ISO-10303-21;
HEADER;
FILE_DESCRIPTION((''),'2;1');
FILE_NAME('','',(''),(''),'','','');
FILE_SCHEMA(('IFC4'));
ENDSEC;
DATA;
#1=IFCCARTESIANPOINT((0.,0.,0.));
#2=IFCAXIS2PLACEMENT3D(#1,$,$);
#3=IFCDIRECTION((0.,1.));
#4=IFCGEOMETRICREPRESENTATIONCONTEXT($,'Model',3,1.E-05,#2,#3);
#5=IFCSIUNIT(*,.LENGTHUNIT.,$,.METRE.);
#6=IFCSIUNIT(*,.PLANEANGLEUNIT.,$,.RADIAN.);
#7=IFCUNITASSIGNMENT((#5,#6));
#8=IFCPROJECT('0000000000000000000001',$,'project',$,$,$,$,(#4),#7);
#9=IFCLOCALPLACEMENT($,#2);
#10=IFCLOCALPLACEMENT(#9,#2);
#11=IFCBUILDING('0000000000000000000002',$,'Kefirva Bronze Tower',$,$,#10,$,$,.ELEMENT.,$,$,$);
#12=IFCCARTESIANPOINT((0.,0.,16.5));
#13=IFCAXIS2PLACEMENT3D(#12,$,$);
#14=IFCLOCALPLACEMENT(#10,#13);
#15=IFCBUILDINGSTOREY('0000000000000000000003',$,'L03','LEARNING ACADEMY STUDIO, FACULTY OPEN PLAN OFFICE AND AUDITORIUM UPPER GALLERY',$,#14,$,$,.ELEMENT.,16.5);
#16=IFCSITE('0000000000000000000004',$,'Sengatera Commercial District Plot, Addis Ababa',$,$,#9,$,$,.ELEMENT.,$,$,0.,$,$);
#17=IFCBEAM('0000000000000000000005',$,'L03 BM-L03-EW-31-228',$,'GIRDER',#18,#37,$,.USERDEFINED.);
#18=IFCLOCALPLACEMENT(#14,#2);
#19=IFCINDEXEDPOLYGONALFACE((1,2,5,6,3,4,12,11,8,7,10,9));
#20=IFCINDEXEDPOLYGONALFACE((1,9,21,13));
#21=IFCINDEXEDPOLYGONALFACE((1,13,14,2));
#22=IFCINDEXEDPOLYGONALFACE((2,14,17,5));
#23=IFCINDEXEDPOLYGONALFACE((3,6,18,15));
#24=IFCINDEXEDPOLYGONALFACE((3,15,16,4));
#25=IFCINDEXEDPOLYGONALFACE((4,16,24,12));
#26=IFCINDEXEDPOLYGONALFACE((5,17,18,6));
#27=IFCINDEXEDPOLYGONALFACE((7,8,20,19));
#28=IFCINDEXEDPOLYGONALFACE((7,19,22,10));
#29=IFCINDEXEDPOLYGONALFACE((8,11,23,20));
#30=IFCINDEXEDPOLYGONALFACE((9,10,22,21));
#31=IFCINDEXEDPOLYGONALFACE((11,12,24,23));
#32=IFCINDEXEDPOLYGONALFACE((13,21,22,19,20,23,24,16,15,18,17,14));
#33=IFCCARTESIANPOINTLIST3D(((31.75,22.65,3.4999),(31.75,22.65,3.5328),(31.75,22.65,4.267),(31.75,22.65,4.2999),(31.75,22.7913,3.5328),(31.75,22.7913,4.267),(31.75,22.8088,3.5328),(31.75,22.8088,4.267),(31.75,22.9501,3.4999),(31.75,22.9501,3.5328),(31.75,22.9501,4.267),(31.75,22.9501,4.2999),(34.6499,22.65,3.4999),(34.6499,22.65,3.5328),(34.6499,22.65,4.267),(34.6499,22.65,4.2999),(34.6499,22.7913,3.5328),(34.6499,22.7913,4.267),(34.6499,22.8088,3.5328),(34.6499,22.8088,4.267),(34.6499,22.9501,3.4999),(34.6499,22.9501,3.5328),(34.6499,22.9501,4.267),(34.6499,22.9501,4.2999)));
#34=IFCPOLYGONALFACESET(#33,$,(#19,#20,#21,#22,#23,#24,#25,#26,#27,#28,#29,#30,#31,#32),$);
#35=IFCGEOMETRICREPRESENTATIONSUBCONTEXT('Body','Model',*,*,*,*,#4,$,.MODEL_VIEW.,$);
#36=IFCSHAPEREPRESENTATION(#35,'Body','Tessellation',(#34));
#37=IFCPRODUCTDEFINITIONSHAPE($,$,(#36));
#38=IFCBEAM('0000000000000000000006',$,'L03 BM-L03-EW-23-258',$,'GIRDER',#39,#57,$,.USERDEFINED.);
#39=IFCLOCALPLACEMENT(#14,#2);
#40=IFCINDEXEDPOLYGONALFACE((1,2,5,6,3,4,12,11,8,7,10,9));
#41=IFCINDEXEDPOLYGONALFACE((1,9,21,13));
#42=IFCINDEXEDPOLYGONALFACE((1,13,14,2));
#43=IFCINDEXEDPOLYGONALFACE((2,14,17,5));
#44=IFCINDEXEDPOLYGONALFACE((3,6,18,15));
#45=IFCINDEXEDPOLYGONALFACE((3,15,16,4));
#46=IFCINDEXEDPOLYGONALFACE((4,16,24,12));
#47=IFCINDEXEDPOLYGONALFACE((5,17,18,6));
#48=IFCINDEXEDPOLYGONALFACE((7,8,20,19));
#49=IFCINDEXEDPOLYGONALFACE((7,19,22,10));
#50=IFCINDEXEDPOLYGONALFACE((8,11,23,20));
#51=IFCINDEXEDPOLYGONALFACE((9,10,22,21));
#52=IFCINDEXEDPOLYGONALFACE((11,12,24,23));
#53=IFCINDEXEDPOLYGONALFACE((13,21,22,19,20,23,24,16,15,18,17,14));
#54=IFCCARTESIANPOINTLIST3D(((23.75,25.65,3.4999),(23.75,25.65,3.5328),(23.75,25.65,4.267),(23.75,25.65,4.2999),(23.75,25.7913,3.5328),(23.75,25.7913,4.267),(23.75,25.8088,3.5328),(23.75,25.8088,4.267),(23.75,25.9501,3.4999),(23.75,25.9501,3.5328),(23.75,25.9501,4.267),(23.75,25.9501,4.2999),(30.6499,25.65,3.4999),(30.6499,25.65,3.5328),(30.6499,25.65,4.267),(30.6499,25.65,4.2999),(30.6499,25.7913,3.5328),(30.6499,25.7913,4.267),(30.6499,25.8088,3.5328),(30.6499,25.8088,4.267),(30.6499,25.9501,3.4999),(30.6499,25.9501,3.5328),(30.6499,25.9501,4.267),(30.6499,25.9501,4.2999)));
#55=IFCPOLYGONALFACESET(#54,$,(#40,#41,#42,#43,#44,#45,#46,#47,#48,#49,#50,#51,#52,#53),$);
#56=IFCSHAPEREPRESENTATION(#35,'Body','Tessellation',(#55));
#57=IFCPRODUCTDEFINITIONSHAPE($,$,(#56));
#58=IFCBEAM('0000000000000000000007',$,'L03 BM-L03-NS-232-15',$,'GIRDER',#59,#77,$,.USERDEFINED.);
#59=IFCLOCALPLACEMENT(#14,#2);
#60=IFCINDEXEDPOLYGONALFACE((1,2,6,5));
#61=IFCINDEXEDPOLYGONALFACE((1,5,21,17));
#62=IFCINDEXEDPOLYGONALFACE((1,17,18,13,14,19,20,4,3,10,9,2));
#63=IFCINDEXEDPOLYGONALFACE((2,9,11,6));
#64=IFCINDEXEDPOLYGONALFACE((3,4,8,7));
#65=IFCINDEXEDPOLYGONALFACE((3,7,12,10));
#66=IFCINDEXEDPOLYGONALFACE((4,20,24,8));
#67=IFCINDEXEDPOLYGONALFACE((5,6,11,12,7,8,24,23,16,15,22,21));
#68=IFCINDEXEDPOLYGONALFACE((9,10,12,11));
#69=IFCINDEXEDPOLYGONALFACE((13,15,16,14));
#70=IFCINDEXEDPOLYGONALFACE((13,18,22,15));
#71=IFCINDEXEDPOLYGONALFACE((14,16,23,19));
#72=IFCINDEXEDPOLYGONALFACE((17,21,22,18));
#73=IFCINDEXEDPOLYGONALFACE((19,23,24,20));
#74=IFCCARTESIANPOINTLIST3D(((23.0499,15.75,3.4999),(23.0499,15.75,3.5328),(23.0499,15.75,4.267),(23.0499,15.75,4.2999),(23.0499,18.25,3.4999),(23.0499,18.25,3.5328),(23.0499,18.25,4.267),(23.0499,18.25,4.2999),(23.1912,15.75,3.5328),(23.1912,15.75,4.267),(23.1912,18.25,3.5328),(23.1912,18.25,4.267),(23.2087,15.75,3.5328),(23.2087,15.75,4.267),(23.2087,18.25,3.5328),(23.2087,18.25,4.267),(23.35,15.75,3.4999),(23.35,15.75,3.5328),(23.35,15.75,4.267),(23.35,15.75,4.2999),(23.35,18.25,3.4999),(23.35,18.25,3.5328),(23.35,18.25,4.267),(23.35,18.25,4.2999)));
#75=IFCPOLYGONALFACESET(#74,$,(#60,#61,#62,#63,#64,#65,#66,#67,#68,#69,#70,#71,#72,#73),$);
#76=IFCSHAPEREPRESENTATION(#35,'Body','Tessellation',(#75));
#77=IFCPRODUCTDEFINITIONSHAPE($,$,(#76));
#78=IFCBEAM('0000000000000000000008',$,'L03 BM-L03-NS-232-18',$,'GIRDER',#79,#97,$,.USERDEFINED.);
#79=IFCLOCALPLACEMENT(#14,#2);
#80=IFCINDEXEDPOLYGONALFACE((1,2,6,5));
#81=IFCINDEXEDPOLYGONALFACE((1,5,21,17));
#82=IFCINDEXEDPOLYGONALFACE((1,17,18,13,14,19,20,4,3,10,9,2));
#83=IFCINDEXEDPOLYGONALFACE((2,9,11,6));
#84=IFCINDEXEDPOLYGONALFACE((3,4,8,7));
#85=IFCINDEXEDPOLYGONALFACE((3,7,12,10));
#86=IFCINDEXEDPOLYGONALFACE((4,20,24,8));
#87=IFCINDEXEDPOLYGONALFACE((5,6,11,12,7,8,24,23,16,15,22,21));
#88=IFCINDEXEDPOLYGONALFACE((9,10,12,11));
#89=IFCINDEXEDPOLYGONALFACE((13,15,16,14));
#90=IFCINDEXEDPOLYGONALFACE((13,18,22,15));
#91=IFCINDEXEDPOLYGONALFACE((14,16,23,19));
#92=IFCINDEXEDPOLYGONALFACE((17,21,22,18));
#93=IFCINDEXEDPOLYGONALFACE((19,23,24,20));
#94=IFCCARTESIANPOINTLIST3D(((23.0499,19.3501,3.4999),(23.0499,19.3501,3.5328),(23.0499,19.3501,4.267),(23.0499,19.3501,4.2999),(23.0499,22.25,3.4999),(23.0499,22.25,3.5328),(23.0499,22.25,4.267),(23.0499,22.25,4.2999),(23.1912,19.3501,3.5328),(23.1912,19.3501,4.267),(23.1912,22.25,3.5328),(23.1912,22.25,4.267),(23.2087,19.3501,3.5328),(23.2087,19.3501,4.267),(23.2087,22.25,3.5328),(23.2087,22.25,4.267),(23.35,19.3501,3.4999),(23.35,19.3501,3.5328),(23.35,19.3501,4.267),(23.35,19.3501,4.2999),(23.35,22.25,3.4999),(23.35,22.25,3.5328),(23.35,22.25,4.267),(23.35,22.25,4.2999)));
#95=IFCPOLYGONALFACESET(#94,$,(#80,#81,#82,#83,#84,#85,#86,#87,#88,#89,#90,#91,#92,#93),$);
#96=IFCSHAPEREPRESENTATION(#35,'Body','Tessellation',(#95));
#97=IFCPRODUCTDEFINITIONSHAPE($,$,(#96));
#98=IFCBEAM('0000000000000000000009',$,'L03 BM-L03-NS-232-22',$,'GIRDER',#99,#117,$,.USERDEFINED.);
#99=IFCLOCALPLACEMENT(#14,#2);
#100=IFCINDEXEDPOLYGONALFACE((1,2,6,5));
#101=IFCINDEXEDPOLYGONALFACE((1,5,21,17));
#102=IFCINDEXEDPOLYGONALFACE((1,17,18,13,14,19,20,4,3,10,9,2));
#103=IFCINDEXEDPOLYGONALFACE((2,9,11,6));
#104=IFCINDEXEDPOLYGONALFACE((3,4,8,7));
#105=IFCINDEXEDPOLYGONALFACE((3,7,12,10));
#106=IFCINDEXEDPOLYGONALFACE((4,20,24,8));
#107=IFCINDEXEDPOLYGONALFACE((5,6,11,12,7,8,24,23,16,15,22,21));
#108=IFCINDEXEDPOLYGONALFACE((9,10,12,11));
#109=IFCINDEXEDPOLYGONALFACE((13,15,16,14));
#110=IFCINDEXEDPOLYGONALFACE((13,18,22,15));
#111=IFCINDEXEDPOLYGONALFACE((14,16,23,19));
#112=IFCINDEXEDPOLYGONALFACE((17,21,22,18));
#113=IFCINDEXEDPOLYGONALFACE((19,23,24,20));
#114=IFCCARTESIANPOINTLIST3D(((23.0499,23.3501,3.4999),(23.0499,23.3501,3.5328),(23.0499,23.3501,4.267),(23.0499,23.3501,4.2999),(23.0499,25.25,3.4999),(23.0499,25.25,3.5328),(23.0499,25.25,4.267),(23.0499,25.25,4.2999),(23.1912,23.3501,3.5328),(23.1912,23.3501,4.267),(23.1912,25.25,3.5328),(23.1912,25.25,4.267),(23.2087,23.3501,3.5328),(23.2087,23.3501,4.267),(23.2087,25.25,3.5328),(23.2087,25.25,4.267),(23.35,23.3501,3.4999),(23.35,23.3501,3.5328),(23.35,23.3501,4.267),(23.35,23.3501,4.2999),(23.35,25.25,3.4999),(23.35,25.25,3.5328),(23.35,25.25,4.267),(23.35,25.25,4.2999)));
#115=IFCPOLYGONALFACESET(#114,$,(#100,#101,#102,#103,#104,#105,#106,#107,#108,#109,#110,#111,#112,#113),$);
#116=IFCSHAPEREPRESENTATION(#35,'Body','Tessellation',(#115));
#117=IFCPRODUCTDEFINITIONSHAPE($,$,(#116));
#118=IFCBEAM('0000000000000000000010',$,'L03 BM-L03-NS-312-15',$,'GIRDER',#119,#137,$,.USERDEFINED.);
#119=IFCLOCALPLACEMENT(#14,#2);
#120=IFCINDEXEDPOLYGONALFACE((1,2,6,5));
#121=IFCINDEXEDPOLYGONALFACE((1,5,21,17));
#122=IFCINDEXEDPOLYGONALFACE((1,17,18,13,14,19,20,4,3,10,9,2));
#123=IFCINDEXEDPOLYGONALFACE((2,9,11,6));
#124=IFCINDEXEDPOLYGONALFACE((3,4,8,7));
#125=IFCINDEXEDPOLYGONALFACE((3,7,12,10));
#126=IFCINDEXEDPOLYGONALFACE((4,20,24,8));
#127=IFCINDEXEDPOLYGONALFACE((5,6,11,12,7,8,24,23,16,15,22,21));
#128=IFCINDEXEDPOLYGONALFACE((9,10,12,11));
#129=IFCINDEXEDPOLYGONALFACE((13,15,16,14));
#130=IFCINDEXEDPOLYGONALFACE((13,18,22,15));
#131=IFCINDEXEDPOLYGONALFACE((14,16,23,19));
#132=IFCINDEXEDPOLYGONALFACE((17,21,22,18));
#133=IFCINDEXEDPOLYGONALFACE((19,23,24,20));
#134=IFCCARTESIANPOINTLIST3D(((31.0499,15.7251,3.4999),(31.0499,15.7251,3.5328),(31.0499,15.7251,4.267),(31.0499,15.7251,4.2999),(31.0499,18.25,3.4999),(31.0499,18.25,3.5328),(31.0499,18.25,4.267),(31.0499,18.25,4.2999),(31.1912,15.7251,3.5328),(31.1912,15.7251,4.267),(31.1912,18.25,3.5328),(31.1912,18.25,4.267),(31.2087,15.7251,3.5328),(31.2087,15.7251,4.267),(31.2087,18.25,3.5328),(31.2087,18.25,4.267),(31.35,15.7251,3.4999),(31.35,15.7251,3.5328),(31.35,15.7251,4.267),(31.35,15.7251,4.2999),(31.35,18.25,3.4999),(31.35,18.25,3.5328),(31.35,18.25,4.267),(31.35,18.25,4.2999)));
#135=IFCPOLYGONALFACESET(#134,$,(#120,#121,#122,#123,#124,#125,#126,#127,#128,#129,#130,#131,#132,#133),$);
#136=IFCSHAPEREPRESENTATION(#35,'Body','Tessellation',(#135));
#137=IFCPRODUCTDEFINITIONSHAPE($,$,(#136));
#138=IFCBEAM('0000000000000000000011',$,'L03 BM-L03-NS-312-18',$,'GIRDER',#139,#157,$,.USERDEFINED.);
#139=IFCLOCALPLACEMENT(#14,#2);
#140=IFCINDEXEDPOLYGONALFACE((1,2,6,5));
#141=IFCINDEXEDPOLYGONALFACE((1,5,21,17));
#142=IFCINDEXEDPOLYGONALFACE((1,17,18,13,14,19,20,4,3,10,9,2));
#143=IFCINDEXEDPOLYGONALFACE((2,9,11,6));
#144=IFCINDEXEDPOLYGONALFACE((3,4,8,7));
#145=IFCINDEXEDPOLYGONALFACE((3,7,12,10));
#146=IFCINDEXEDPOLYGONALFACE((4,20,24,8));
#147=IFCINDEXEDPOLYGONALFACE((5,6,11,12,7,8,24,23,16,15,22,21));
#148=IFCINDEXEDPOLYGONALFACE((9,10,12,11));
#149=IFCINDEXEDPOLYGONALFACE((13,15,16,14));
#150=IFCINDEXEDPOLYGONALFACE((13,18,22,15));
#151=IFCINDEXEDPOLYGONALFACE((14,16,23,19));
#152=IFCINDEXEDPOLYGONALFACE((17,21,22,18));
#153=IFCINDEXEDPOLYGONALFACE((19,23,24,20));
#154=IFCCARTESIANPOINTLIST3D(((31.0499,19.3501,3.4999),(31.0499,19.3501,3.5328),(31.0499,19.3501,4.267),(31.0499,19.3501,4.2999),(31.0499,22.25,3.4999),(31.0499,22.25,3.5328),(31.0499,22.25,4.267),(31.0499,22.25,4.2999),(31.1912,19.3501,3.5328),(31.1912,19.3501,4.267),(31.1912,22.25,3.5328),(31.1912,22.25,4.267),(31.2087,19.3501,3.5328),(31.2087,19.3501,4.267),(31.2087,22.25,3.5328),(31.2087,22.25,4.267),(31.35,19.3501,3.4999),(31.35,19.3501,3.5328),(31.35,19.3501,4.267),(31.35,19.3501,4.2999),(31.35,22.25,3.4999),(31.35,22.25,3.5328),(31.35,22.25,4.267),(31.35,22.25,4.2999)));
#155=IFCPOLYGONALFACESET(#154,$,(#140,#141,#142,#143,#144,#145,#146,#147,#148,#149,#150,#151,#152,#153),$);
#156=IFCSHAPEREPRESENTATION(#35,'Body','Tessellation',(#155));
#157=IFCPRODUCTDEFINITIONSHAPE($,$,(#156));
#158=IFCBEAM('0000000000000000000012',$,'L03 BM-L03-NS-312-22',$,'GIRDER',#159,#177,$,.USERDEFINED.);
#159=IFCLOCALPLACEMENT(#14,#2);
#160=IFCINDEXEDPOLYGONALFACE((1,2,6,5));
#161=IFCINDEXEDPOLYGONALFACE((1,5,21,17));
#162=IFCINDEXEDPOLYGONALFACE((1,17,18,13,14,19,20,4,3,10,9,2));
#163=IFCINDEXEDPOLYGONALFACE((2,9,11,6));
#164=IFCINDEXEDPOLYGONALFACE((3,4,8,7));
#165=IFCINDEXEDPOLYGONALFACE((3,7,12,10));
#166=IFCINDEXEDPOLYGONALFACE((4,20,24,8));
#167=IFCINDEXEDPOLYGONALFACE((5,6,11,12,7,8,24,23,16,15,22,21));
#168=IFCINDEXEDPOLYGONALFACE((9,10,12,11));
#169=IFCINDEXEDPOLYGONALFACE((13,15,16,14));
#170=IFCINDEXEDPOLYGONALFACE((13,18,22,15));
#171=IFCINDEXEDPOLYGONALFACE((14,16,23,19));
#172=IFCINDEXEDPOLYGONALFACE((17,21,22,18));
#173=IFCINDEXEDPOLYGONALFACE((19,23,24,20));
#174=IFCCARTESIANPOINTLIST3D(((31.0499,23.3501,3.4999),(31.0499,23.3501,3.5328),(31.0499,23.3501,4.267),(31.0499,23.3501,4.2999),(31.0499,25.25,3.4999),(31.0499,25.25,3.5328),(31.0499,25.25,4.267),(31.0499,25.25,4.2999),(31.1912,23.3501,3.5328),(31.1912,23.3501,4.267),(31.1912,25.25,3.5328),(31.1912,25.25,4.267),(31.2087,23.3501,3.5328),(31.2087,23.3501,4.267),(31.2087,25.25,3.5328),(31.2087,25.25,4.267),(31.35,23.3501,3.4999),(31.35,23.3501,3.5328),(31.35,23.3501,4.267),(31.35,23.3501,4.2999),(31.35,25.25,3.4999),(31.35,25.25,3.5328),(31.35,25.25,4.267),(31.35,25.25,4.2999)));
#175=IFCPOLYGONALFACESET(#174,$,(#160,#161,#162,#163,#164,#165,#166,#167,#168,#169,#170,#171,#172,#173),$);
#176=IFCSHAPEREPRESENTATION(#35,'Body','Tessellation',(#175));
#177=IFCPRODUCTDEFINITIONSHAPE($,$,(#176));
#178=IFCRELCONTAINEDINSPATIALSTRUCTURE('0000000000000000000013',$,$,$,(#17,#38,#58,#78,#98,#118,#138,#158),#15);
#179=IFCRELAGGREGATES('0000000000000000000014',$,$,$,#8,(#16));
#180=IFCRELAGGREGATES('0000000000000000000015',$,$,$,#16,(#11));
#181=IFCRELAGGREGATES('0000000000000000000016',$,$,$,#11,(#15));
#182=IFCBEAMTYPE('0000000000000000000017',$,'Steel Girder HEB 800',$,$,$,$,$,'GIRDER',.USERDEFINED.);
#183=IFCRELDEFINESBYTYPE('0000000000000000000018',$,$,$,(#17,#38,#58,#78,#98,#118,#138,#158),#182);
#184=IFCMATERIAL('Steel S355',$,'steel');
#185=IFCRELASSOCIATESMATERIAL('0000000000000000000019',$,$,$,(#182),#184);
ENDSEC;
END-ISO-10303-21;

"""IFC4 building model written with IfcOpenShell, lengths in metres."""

from ifc_helpers import new_model, si_unit, direction, frame, origin, origin_2d, place, context, subcontext, project, spatial, i_section, extrude, material, material_profile, profile_set, type_object, element, save


model = new_model("IFC4")

# Units and contexts
model_context = context("Model", 3, precision=1e-05, world=origin(), true_north=direction((0.0, 1.0)))
body_context = subcontext(model_context, "Body", "Model", "MODEL_VIEW")
ifc_project = project(units=[si_unit("LENGTHUNIT", "METRE"), si_unit("PLANEANGLEUNIT", "RADIAN")], contexts=[model_context])

# Site, building, storey
site_placement = place(None, origin())
site = spatial("IfcSite", under=ifc_project, at=site_placement, Name="Sengatera Commercial District Plot, Addis Ababa", CompositionType="ELEMENT", RefElevation=0.0)
building_placement = place(site_placement, origin())
building = spatial("IfcBuilding", under=site, at=building_placement, Name="Kefirva Bronze Tower", CompositionType="ELEMENT")
storey_placement = place(building_placement, frame((0.0, 0.0, 16.5)))
storey = spatial("IfcBuildingStorey", under=building, at=storey_placement, Name="L03", Description="LEARNING ACADEMY STUDIO, FACULTY OPEN PLAN OFFICE AND AUDITORIUM UPPER GALLERY", CompositionType="ELEMENT", Elevation=16.5)

# Beams
ifc_material_1 = material(Name="Steel S355", Category="steel")
ifc_material_profile_1 = material_profile(ifc_material_1, i_section(OverallWidth=0.3, OverallDepth=0.8, WebThickness=0.0176, FlangeThickness=0.033, at=origin_2d()), Name="HEB 800")
ifc_profile_set_1 = profile_set([ifc_material_profile_1], Name="Steel S355")
beam_type_1 = type_object("IfcBeamType", Name="Steel Girder HEB 800", ElementType="GIRDER", PredefinedType="USERDEFINED", material=ifc_profile_set_1)
beam_1_placement = place(storey_placement, frame((31.75, 22.8, 3.8999), z_axis=(1.0, 0.0, 0.0), x_axis=(0.0, 1.0, 0.0)))
element("IfcBeam", 1, at=beam_1_placement, inside=storey, type_object=beam_type_1, Name="L03 BM-L03-EW-31-228", ObjectType="GIRDER", PredefinedType="USERDEFINED", context=body_context, shape_type="SweptSolid", body=[
    extrude(i_section(OverallWidth=0.3, OverallDepth=0.8, WebThickness=0.0176, FlangeThickness=0.033, at=origin_2d()), origin(), (0.0, 0.0, 1.0), 2.8999),
])
beam_2_placement = place(storey_placement, frame((23.75, 25.8, 3.8999), z_axis=(1.0, 0.0, 0.0), x_axis=(0.0, 1.0, 0.0)))
element("IfcBeam", 2, at=beam_2_placement, inside=storey, type_object=beam_type_1, Name="L03 BM-L03-EW-23-258", ObjectType="GIRDER", PredefinedType="USERDEFINED", context=body_context, shape_type="SweptSolid", body=[
    extrude(i_section(OverallWidth=0.3, OverallDepth=0.8, WebThickness=0.0176, FlangeThickness=0.033, at=origin_2d()), origin(), (0.0, 0.0, 1.0), 6.8999),
])
beam_3_placement = place(storey_placement, frame((23.2, 15.75, 3.8999), z_axis=(0.0, 1.0, 0.0), x_axis=(-1.0, 0.0, 0.0)))
element("IfcBeam", 3, at=beam_3_placement, inside=storey, type_object=beam_type_1, Name="L03 BM-L03-NS-232-15", ObjectType="GIRDER", PredefinedType="USERDEFINED", context=body_context, shape_type="SweptSolid", body=[
    extrude(i_section(OverallWidth=0.3, OverallDepth=0.8, WebThickness=0.0176, FlangeThickness=0.033, at=origin_2d()), origin(), (0.0, 0.0, 1.0), 2.5),
])
beam_4_placement = place(storey_placement, frame((23.2, 19.3501, 3.8999), z_axis=(0.0, 1.0, 0.0), x_axis=(-1.0, 0.0, 0.0)))
element("IfcBeam", 4, at=beam_4_placement, inside=storey, type_object=beam_type_1, Name="L03 BM-L03-NS-232-18", ObjectType="GIRDER", PredefinedType="USERDEFINED", context=body_context, shape_type="SweptSolid", body=[
    extrude(i_section(OverallWidth=0.3, OverallDepth=0.8, WebThickness=0.0176, FlangeThickness=0.033, at=origin_2d()), origin(), (0.0, 0.0, 1.0), 2.8999),
])
beam_5_placement = place(storey_placement, frame((23.2, 23.3501, 3.8999), z_axis=(0.0, 1.0, 0.0), x_axis=(-1.0, 0.0, 0.0)))
element("IfcBeam", 5, at=beam_5_placement, inside=storey, type_object=beam_type_1, Name="L03 BM-L03-NS-232-22", ObjectType="GIRDER", PredefinedType="USERDEFINED", context=body_context, shape_type="SweptSolid", body=[
    extrude(i_section(OverallWidth=0.3, OverallDepth=0.8, WebThickness=0.0176, FlangeThickness=0.033, at=origin_2d()), origin(), (0.0, 0.0, 1.0), 1.8999),
])
beam_6_placement = place(storey_placement, frame((31.2, 15.7251, 3.8999), z_axis=(0.0, 1.0, 0.0), x_axis=(-1.0, 0.0, 0.0)))
element("IfcBeam", 6, at=beam_6_placement, inside=storey, type_object=beam_type_1, Name="L03 BM-L03-NS-312-15", ObjectType="GIRDER", PredefinedType="USERDEFINED", context=body_context, shape_type="SweptSolid", body=[
    extrude(i_section(OverallWidth=0.3, OverallDepth=0.8, WebThickness=0.0176, FlangeThickness=0.033, at=origin_2d()), origin(), (0.0, 0.0, 1.0), 2.5249),
])
beam_7_placement = place(storey_placement, frame((31.2, 19.3501, 3.8999), z_axis=(0.0, 1.0, 0.0), x_axis=(-1.0, 0.0, 0.0)))
element("IfcBeam", 7, at=beam_7_placement, inside=storey, type_object=beam_type_1, Name="L03 BM-L03-NS-312-18", ObjectType="GIRDER", PredefinedType="USERDEFINED", context=body_context, shape_type="SweptSolid", body=[
    extrude(i_section(OverallWidth=0.3, OverallDepth=0.8, WebThickness=0.0176, FlangeThickness=0.033, at=origin_2d()), origin(), (0.0, 0.0, 1.0), 2.8999),
])
beam_8_placement = place(storey_placement, frame((31.2, 23.3501, 3.8999), z_axis=(0.0, 1.0, 0.0), x_axis=(-1.0, 0.0, 0.0)))
element("IfcBeam", 8, at=beam_8_placement, inside=storey, type_object=beam_type_1, Name="L03 BM-L03-NS-312-22", ObjectType="GIRDER", PredefinedType="USERDEFINED", context=body_context, shape_type="SweptSolid", body=[
    extrude(i_section(OverallWidth=0.3, OverallDepth=0.8, WebThickness=0.0176, FlangeThickness=0.033, at=origin_2d()), origin(), (0.0, 0.0, 1.0), 1.8999),
])

save(model, "model.ifc")
